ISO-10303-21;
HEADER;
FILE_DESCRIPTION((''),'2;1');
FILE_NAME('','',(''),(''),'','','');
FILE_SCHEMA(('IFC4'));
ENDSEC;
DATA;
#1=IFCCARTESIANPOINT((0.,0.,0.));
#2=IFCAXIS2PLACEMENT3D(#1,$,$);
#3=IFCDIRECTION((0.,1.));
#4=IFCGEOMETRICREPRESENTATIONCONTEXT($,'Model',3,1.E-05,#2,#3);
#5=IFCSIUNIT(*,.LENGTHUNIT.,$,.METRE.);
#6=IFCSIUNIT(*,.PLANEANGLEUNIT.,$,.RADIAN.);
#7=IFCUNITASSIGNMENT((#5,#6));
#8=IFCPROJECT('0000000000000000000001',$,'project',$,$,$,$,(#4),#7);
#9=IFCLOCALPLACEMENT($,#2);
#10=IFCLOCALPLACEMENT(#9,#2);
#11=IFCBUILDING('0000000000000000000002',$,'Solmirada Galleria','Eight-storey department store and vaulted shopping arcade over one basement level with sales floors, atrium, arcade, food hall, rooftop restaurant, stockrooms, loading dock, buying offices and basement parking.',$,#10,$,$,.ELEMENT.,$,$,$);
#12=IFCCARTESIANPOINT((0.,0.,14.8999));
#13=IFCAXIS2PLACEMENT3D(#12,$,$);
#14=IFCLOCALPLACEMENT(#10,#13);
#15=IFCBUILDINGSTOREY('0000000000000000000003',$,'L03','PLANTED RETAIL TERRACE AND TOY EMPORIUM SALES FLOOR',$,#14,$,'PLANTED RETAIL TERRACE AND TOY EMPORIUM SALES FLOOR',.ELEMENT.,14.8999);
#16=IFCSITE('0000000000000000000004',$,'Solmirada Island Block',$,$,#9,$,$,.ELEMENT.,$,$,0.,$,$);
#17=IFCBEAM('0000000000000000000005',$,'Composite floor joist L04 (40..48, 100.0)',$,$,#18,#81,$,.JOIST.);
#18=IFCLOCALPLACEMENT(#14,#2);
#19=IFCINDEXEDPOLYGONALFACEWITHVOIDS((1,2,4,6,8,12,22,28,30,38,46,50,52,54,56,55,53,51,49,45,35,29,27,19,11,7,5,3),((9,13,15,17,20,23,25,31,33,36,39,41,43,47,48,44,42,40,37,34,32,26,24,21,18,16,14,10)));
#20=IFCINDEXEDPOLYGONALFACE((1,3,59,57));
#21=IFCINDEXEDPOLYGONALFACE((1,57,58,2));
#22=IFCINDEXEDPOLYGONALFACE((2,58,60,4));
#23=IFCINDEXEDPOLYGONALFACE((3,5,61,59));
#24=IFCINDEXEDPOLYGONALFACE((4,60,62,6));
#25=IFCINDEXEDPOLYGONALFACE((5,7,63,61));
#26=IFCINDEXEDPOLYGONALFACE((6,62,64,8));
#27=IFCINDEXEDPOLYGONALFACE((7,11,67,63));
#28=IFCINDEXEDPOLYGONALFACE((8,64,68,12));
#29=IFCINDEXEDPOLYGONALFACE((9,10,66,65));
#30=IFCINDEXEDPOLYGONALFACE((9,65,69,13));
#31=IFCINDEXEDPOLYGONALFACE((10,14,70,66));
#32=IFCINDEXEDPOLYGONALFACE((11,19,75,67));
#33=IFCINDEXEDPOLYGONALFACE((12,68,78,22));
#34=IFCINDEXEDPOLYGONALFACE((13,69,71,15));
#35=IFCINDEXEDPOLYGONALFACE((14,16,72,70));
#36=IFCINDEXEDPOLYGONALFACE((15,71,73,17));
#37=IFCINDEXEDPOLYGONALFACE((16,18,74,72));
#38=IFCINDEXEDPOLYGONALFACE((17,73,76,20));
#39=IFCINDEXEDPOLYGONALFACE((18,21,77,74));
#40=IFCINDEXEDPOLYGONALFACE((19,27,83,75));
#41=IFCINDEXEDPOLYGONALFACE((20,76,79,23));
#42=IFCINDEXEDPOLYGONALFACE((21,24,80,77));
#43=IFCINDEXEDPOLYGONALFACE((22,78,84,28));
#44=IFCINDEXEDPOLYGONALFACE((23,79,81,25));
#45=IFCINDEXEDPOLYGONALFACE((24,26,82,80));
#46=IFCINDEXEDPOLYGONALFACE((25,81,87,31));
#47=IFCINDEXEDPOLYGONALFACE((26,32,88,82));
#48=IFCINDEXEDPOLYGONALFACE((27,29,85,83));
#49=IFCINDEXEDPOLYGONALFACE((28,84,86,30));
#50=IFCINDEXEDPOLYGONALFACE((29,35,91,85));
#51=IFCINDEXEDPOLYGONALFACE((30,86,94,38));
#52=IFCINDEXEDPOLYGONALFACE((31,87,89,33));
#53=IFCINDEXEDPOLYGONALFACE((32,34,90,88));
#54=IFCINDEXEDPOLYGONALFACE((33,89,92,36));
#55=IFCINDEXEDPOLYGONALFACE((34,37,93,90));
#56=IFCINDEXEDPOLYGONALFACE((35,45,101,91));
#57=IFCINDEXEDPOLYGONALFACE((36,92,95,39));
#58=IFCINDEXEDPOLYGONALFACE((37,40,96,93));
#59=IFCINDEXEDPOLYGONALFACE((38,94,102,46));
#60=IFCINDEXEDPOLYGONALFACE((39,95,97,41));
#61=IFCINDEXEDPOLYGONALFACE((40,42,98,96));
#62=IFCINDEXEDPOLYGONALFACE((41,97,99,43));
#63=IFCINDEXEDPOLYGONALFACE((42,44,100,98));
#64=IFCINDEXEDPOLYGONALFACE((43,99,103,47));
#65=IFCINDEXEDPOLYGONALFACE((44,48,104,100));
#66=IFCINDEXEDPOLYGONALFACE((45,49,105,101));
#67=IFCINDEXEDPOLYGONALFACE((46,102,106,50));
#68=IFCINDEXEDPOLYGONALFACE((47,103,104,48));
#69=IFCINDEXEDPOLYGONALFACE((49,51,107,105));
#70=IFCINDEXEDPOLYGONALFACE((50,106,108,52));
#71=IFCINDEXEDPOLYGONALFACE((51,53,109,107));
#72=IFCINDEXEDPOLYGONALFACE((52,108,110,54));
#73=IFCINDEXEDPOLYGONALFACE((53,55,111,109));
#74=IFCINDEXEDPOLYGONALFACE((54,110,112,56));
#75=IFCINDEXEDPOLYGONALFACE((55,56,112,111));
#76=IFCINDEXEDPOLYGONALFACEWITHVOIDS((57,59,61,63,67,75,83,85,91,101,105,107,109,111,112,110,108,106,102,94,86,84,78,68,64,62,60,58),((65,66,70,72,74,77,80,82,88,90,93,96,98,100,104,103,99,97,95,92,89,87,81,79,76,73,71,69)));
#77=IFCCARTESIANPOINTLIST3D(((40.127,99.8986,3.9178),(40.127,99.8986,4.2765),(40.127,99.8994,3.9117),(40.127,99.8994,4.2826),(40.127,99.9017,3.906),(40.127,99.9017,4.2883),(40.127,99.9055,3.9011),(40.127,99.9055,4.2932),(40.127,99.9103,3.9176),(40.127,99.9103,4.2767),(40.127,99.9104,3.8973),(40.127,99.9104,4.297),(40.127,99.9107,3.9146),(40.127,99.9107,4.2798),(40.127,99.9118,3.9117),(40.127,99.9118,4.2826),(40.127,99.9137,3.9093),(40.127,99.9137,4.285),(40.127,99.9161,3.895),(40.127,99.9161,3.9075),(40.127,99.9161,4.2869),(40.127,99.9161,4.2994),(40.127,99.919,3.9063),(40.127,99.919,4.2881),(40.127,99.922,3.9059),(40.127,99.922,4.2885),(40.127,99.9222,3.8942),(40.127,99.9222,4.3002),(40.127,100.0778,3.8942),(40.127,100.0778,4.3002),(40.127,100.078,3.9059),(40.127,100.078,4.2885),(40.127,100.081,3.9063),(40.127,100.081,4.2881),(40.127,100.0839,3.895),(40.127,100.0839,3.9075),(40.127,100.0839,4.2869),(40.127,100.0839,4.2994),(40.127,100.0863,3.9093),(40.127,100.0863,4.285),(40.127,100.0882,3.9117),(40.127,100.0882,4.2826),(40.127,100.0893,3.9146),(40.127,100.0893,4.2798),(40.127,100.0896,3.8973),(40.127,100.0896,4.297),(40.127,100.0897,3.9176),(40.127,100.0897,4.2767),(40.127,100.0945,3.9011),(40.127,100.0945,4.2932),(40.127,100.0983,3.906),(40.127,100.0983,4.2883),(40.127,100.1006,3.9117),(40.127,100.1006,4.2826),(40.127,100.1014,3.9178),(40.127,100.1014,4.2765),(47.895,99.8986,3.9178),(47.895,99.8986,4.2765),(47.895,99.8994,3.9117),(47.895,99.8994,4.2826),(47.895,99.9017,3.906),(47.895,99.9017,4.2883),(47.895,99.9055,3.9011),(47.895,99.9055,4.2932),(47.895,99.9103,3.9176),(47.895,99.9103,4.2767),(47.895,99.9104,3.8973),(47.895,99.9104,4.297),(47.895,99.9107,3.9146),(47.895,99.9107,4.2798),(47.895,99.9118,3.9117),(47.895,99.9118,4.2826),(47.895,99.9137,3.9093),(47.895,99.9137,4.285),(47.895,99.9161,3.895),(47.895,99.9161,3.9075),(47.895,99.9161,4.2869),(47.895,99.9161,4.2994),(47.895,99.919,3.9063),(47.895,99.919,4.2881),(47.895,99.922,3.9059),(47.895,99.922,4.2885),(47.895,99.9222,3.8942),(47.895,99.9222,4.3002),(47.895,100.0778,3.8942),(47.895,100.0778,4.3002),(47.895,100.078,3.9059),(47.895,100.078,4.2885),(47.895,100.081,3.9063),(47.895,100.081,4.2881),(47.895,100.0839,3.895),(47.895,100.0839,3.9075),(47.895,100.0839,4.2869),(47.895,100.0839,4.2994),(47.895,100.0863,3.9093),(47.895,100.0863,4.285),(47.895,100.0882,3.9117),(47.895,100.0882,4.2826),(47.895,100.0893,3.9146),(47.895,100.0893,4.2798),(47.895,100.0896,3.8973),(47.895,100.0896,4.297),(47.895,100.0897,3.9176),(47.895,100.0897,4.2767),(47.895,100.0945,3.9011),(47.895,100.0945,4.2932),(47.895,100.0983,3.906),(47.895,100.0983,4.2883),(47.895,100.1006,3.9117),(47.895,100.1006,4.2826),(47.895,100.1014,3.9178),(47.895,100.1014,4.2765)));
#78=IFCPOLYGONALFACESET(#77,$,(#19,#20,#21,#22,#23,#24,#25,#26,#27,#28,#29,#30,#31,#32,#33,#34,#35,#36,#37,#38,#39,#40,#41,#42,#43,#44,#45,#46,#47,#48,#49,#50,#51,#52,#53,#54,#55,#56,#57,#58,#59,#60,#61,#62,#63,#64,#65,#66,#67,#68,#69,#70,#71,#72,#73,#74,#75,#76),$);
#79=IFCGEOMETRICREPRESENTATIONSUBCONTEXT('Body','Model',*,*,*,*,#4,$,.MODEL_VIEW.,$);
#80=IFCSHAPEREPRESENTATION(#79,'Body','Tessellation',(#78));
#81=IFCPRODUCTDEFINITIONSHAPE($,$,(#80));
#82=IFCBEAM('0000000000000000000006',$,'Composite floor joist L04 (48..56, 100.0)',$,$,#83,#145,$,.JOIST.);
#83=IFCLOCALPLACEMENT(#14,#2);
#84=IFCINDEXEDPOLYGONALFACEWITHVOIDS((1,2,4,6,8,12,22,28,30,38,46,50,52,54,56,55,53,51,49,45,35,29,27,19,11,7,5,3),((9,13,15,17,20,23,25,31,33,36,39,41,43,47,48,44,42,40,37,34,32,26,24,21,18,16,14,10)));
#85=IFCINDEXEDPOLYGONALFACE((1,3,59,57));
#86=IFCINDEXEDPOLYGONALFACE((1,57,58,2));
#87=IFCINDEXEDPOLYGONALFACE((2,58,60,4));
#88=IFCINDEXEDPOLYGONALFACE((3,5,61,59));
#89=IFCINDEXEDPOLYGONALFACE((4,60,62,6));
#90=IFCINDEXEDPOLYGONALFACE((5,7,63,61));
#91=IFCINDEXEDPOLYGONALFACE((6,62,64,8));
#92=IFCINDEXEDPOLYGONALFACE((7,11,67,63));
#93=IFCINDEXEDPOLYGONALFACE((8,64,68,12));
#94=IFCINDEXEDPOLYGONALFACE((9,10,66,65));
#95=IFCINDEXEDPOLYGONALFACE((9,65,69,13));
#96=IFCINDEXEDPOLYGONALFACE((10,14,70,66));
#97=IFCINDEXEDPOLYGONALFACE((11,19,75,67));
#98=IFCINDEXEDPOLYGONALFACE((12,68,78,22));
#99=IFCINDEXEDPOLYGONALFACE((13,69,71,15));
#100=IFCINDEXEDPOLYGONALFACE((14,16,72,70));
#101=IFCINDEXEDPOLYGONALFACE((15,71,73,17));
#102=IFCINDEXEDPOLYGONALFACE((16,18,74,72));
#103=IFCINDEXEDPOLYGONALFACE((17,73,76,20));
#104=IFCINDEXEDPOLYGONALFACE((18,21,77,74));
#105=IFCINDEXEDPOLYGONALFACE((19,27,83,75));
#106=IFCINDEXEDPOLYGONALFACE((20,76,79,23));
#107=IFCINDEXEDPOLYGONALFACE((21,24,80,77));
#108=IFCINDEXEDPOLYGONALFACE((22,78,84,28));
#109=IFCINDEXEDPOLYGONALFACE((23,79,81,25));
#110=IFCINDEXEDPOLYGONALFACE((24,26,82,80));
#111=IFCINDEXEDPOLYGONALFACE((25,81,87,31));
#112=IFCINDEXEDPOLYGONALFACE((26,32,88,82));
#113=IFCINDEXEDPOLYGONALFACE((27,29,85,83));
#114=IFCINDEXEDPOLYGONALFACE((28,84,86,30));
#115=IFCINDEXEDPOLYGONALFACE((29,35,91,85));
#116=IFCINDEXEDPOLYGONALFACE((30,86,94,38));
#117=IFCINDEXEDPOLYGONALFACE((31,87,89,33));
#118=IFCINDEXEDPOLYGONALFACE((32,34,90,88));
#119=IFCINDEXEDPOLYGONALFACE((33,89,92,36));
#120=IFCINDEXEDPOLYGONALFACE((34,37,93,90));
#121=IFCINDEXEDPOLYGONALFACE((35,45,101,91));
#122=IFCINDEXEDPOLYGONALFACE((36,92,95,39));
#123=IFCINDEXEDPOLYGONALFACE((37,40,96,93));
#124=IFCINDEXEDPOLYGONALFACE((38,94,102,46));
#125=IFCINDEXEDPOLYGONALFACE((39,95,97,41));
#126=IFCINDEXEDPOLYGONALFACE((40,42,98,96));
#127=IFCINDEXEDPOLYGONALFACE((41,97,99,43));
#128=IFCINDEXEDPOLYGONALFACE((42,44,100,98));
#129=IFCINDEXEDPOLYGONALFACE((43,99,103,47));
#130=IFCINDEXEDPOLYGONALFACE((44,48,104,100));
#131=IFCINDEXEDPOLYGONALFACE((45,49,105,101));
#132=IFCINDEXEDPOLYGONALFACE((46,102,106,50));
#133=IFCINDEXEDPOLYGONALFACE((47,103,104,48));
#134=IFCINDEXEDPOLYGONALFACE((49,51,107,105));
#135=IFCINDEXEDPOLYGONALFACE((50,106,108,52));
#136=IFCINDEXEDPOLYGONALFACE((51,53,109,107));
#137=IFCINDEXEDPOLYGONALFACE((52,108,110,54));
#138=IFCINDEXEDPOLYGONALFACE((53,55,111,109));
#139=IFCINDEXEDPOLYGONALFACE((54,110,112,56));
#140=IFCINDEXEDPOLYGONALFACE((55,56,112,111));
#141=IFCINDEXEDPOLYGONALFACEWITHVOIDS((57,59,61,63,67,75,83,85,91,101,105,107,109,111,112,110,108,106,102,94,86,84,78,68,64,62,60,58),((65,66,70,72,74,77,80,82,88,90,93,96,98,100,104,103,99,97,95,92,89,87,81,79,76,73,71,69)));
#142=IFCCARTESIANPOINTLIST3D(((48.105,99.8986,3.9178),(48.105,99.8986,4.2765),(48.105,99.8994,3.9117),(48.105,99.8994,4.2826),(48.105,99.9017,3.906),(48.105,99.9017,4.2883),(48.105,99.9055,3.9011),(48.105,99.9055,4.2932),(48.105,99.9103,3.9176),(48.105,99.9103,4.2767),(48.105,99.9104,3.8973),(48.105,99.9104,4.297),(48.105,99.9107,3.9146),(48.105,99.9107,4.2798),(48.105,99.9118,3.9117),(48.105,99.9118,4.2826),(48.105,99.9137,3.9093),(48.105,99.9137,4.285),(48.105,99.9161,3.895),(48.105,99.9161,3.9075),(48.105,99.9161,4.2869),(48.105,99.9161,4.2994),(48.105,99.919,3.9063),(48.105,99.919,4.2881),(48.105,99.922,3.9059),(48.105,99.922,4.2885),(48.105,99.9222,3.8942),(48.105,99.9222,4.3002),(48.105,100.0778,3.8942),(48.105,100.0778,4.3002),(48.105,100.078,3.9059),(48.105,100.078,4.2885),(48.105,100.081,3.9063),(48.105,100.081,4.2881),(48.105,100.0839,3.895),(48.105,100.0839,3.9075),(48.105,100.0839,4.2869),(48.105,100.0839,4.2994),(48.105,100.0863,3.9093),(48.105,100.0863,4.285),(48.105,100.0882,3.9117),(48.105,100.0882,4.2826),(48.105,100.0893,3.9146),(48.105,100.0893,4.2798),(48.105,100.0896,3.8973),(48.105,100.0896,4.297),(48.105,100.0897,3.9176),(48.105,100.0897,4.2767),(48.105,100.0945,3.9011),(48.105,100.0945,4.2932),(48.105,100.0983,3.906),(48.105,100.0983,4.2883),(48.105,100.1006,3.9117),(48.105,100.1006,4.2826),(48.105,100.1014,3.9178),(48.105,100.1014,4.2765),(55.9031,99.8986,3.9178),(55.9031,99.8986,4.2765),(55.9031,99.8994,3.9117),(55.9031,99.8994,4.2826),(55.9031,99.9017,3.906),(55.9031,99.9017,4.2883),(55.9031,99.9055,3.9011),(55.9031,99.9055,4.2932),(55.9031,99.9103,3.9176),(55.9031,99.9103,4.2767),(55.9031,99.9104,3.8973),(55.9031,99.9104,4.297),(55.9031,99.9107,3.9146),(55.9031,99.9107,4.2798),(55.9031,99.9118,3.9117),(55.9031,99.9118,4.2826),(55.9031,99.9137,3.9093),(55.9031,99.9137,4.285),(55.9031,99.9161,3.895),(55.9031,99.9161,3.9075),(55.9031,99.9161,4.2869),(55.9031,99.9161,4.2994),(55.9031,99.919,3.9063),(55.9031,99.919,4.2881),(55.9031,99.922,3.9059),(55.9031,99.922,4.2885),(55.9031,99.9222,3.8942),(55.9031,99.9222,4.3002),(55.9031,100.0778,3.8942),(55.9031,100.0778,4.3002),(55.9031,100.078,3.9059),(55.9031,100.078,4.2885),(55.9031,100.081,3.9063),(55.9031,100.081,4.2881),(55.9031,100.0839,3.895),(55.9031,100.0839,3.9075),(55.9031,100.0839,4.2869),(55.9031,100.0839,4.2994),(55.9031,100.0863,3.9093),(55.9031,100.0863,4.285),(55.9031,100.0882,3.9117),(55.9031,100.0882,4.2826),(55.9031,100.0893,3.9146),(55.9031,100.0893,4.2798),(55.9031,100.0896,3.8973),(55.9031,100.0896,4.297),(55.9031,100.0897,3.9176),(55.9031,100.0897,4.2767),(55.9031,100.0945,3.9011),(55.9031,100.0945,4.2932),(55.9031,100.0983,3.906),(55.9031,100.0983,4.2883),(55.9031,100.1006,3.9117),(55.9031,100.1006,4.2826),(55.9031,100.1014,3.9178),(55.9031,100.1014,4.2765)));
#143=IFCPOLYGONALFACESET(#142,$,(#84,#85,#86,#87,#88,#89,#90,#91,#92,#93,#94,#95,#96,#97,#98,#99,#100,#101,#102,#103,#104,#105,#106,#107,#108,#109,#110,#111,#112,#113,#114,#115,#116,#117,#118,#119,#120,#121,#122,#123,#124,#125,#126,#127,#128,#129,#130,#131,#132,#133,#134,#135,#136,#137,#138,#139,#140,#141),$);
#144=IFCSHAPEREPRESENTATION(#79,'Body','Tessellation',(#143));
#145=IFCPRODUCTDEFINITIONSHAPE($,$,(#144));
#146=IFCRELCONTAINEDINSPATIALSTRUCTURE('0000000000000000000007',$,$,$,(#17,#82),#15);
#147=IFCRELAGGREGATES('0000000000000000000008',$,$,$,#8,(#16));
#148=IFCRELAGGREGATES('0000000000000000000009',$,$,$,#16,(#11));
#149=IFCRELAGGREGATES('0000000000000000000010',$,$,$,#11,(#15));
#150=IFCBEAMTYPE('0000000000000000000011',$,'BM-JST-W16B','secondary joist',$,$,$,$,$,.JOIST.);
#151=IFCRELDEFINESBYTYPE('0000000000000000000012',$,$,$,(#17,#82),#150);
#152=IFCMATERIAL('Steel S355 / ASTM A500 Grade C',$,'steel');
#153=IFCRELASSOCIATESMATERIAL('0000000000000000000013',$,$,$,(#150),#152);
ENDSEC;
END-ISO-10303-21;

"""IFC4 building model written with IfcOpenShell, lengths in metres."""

from ifc_helpers import new_model, si_unit, direction, frame, origin, origin_2d, place, context, subcontext, project, spatial, hollow_rectangle, extrude, material, material_profile, profile_set, type_object, element, save


model = new_model("IFC4")

# Units and contexts
model_context = context("Model", 3, precision=1e-05, world=origin(), true_north=direction((0.0, 1.0)))
body_context = subcontext(model_context, "Body", "Model", "MODEL_VIEW")
ifc_project = project(units=[si_unit("LENGTHUNIT", "METRE"), si_unit("PLANEANGLEUNIT", "RADIAN")], contexts=[model_context])

# Site, building, storey
site_placement = place(None, origin())
site = spatial("IfcSite", under=ifc_project, at=site_placement, Name="Solmirada Island Block", CompositionType="ELEMENT", RefElevation=0.0)
building_placement = place(site_placement, origin())
building = spatial("IfcBuilding", under=site, at=building_placement, Name="Solmirada Galleria", Description="Eight-storey department store and vaulted shopping arcade over one basement level with sales floors, atrium, arcade, food hall, rooftop restaurant, stockrooms, loading dock, buying offices and basement parking.", CompositionType="ELEMENT")
storey_placement = place(building_placement, frame((0.0, 0.0, 14.8999)))
storey = spatial("IfcBuildingStorey", under=building, at=storey_placement, Name="L03", Description="PLANTED RETAIL TERRACE AND TOY EMPORIUM SALES FLOOR", LongName="PLANTED RETAIL TERRACE AND TOY EMPORIUM SALES FLOOR", CompositionType="ELEMENT", Elevation=14.8999)

# Shared definitions
ifc_material_1 = material(Name="Steel S355 / ASTM A500 Grade C", Category="steel")

# Beams
ifc_material_profile_1 = material_profile(ifc_material_1, hollow_rectangle(XDim=0.2029, YDim=0.406, WallThickness=0.0117, InnerFilletRadius=0.0117, OuterFilletRadius=0.0237, at=origin_2d()), Name="HSS16X8X1/2")
ifc_profile_set_1 = profile_set([ifc_material_profile_1], Name="Steel S355 / ASTM A500 Grade C")
beam_type_1 = type_object("IfcBeamType", Name="BM-JST-W16B", Description="secondary joist", PredefinedType="JOIST", material=ifc_profile_set_1)
beam_1_placement = place(storey_placement, frame((40.127, 100.0, 4.0972), z_axis=(1.0, 0.0, 0.0), x_axis=(0.0, 1.0, 0.0)))
element("IfcBeam", 1, at=beam_1_placement, inside=storey, type_object=beam_type_1, Name="Composite floor joist L04 (40..48, 100.0)", PredefinedType="JOIST", context=body_context, shape_type="SweptSolid", body=[
    extrude(hollow_rectangle(XDim=0.2029, YDim=0.406, WallThickness=0.0117, InnerFilletRadius=0.0117, OuterFilletRadius=0.0237, at=origin_2d()), origin(), (0.0, 0.0, 1.0), 7.7681),
])
beam_2_placement = place(storey_placement, frame((48.105, 100.0, 4.0972), z_axis=(1.0, 0.0, 0.0), x_axis=(0.0, 1.0, 0.0)))
element("IfcBeam", 2, at=beam_2_placement, inside=storey, type_object=beam_type_1, Name="Composite floor joist L04 (48..56, 100.0)", PredefinedType="JOIST", context=body_context, shape_type="SweptSolid", body=[
    extrude(hollow_rectangle(XDim=0.2029, YDim=0.406, WallThickness=0.0117, InnerFilletRadius=0.0117, OuterFilletRadius=0.0237, at=origin_2d()), origin(), (0.0, 0.0, 1.0), 7.7981),
])

save(model, "model.ifc")
